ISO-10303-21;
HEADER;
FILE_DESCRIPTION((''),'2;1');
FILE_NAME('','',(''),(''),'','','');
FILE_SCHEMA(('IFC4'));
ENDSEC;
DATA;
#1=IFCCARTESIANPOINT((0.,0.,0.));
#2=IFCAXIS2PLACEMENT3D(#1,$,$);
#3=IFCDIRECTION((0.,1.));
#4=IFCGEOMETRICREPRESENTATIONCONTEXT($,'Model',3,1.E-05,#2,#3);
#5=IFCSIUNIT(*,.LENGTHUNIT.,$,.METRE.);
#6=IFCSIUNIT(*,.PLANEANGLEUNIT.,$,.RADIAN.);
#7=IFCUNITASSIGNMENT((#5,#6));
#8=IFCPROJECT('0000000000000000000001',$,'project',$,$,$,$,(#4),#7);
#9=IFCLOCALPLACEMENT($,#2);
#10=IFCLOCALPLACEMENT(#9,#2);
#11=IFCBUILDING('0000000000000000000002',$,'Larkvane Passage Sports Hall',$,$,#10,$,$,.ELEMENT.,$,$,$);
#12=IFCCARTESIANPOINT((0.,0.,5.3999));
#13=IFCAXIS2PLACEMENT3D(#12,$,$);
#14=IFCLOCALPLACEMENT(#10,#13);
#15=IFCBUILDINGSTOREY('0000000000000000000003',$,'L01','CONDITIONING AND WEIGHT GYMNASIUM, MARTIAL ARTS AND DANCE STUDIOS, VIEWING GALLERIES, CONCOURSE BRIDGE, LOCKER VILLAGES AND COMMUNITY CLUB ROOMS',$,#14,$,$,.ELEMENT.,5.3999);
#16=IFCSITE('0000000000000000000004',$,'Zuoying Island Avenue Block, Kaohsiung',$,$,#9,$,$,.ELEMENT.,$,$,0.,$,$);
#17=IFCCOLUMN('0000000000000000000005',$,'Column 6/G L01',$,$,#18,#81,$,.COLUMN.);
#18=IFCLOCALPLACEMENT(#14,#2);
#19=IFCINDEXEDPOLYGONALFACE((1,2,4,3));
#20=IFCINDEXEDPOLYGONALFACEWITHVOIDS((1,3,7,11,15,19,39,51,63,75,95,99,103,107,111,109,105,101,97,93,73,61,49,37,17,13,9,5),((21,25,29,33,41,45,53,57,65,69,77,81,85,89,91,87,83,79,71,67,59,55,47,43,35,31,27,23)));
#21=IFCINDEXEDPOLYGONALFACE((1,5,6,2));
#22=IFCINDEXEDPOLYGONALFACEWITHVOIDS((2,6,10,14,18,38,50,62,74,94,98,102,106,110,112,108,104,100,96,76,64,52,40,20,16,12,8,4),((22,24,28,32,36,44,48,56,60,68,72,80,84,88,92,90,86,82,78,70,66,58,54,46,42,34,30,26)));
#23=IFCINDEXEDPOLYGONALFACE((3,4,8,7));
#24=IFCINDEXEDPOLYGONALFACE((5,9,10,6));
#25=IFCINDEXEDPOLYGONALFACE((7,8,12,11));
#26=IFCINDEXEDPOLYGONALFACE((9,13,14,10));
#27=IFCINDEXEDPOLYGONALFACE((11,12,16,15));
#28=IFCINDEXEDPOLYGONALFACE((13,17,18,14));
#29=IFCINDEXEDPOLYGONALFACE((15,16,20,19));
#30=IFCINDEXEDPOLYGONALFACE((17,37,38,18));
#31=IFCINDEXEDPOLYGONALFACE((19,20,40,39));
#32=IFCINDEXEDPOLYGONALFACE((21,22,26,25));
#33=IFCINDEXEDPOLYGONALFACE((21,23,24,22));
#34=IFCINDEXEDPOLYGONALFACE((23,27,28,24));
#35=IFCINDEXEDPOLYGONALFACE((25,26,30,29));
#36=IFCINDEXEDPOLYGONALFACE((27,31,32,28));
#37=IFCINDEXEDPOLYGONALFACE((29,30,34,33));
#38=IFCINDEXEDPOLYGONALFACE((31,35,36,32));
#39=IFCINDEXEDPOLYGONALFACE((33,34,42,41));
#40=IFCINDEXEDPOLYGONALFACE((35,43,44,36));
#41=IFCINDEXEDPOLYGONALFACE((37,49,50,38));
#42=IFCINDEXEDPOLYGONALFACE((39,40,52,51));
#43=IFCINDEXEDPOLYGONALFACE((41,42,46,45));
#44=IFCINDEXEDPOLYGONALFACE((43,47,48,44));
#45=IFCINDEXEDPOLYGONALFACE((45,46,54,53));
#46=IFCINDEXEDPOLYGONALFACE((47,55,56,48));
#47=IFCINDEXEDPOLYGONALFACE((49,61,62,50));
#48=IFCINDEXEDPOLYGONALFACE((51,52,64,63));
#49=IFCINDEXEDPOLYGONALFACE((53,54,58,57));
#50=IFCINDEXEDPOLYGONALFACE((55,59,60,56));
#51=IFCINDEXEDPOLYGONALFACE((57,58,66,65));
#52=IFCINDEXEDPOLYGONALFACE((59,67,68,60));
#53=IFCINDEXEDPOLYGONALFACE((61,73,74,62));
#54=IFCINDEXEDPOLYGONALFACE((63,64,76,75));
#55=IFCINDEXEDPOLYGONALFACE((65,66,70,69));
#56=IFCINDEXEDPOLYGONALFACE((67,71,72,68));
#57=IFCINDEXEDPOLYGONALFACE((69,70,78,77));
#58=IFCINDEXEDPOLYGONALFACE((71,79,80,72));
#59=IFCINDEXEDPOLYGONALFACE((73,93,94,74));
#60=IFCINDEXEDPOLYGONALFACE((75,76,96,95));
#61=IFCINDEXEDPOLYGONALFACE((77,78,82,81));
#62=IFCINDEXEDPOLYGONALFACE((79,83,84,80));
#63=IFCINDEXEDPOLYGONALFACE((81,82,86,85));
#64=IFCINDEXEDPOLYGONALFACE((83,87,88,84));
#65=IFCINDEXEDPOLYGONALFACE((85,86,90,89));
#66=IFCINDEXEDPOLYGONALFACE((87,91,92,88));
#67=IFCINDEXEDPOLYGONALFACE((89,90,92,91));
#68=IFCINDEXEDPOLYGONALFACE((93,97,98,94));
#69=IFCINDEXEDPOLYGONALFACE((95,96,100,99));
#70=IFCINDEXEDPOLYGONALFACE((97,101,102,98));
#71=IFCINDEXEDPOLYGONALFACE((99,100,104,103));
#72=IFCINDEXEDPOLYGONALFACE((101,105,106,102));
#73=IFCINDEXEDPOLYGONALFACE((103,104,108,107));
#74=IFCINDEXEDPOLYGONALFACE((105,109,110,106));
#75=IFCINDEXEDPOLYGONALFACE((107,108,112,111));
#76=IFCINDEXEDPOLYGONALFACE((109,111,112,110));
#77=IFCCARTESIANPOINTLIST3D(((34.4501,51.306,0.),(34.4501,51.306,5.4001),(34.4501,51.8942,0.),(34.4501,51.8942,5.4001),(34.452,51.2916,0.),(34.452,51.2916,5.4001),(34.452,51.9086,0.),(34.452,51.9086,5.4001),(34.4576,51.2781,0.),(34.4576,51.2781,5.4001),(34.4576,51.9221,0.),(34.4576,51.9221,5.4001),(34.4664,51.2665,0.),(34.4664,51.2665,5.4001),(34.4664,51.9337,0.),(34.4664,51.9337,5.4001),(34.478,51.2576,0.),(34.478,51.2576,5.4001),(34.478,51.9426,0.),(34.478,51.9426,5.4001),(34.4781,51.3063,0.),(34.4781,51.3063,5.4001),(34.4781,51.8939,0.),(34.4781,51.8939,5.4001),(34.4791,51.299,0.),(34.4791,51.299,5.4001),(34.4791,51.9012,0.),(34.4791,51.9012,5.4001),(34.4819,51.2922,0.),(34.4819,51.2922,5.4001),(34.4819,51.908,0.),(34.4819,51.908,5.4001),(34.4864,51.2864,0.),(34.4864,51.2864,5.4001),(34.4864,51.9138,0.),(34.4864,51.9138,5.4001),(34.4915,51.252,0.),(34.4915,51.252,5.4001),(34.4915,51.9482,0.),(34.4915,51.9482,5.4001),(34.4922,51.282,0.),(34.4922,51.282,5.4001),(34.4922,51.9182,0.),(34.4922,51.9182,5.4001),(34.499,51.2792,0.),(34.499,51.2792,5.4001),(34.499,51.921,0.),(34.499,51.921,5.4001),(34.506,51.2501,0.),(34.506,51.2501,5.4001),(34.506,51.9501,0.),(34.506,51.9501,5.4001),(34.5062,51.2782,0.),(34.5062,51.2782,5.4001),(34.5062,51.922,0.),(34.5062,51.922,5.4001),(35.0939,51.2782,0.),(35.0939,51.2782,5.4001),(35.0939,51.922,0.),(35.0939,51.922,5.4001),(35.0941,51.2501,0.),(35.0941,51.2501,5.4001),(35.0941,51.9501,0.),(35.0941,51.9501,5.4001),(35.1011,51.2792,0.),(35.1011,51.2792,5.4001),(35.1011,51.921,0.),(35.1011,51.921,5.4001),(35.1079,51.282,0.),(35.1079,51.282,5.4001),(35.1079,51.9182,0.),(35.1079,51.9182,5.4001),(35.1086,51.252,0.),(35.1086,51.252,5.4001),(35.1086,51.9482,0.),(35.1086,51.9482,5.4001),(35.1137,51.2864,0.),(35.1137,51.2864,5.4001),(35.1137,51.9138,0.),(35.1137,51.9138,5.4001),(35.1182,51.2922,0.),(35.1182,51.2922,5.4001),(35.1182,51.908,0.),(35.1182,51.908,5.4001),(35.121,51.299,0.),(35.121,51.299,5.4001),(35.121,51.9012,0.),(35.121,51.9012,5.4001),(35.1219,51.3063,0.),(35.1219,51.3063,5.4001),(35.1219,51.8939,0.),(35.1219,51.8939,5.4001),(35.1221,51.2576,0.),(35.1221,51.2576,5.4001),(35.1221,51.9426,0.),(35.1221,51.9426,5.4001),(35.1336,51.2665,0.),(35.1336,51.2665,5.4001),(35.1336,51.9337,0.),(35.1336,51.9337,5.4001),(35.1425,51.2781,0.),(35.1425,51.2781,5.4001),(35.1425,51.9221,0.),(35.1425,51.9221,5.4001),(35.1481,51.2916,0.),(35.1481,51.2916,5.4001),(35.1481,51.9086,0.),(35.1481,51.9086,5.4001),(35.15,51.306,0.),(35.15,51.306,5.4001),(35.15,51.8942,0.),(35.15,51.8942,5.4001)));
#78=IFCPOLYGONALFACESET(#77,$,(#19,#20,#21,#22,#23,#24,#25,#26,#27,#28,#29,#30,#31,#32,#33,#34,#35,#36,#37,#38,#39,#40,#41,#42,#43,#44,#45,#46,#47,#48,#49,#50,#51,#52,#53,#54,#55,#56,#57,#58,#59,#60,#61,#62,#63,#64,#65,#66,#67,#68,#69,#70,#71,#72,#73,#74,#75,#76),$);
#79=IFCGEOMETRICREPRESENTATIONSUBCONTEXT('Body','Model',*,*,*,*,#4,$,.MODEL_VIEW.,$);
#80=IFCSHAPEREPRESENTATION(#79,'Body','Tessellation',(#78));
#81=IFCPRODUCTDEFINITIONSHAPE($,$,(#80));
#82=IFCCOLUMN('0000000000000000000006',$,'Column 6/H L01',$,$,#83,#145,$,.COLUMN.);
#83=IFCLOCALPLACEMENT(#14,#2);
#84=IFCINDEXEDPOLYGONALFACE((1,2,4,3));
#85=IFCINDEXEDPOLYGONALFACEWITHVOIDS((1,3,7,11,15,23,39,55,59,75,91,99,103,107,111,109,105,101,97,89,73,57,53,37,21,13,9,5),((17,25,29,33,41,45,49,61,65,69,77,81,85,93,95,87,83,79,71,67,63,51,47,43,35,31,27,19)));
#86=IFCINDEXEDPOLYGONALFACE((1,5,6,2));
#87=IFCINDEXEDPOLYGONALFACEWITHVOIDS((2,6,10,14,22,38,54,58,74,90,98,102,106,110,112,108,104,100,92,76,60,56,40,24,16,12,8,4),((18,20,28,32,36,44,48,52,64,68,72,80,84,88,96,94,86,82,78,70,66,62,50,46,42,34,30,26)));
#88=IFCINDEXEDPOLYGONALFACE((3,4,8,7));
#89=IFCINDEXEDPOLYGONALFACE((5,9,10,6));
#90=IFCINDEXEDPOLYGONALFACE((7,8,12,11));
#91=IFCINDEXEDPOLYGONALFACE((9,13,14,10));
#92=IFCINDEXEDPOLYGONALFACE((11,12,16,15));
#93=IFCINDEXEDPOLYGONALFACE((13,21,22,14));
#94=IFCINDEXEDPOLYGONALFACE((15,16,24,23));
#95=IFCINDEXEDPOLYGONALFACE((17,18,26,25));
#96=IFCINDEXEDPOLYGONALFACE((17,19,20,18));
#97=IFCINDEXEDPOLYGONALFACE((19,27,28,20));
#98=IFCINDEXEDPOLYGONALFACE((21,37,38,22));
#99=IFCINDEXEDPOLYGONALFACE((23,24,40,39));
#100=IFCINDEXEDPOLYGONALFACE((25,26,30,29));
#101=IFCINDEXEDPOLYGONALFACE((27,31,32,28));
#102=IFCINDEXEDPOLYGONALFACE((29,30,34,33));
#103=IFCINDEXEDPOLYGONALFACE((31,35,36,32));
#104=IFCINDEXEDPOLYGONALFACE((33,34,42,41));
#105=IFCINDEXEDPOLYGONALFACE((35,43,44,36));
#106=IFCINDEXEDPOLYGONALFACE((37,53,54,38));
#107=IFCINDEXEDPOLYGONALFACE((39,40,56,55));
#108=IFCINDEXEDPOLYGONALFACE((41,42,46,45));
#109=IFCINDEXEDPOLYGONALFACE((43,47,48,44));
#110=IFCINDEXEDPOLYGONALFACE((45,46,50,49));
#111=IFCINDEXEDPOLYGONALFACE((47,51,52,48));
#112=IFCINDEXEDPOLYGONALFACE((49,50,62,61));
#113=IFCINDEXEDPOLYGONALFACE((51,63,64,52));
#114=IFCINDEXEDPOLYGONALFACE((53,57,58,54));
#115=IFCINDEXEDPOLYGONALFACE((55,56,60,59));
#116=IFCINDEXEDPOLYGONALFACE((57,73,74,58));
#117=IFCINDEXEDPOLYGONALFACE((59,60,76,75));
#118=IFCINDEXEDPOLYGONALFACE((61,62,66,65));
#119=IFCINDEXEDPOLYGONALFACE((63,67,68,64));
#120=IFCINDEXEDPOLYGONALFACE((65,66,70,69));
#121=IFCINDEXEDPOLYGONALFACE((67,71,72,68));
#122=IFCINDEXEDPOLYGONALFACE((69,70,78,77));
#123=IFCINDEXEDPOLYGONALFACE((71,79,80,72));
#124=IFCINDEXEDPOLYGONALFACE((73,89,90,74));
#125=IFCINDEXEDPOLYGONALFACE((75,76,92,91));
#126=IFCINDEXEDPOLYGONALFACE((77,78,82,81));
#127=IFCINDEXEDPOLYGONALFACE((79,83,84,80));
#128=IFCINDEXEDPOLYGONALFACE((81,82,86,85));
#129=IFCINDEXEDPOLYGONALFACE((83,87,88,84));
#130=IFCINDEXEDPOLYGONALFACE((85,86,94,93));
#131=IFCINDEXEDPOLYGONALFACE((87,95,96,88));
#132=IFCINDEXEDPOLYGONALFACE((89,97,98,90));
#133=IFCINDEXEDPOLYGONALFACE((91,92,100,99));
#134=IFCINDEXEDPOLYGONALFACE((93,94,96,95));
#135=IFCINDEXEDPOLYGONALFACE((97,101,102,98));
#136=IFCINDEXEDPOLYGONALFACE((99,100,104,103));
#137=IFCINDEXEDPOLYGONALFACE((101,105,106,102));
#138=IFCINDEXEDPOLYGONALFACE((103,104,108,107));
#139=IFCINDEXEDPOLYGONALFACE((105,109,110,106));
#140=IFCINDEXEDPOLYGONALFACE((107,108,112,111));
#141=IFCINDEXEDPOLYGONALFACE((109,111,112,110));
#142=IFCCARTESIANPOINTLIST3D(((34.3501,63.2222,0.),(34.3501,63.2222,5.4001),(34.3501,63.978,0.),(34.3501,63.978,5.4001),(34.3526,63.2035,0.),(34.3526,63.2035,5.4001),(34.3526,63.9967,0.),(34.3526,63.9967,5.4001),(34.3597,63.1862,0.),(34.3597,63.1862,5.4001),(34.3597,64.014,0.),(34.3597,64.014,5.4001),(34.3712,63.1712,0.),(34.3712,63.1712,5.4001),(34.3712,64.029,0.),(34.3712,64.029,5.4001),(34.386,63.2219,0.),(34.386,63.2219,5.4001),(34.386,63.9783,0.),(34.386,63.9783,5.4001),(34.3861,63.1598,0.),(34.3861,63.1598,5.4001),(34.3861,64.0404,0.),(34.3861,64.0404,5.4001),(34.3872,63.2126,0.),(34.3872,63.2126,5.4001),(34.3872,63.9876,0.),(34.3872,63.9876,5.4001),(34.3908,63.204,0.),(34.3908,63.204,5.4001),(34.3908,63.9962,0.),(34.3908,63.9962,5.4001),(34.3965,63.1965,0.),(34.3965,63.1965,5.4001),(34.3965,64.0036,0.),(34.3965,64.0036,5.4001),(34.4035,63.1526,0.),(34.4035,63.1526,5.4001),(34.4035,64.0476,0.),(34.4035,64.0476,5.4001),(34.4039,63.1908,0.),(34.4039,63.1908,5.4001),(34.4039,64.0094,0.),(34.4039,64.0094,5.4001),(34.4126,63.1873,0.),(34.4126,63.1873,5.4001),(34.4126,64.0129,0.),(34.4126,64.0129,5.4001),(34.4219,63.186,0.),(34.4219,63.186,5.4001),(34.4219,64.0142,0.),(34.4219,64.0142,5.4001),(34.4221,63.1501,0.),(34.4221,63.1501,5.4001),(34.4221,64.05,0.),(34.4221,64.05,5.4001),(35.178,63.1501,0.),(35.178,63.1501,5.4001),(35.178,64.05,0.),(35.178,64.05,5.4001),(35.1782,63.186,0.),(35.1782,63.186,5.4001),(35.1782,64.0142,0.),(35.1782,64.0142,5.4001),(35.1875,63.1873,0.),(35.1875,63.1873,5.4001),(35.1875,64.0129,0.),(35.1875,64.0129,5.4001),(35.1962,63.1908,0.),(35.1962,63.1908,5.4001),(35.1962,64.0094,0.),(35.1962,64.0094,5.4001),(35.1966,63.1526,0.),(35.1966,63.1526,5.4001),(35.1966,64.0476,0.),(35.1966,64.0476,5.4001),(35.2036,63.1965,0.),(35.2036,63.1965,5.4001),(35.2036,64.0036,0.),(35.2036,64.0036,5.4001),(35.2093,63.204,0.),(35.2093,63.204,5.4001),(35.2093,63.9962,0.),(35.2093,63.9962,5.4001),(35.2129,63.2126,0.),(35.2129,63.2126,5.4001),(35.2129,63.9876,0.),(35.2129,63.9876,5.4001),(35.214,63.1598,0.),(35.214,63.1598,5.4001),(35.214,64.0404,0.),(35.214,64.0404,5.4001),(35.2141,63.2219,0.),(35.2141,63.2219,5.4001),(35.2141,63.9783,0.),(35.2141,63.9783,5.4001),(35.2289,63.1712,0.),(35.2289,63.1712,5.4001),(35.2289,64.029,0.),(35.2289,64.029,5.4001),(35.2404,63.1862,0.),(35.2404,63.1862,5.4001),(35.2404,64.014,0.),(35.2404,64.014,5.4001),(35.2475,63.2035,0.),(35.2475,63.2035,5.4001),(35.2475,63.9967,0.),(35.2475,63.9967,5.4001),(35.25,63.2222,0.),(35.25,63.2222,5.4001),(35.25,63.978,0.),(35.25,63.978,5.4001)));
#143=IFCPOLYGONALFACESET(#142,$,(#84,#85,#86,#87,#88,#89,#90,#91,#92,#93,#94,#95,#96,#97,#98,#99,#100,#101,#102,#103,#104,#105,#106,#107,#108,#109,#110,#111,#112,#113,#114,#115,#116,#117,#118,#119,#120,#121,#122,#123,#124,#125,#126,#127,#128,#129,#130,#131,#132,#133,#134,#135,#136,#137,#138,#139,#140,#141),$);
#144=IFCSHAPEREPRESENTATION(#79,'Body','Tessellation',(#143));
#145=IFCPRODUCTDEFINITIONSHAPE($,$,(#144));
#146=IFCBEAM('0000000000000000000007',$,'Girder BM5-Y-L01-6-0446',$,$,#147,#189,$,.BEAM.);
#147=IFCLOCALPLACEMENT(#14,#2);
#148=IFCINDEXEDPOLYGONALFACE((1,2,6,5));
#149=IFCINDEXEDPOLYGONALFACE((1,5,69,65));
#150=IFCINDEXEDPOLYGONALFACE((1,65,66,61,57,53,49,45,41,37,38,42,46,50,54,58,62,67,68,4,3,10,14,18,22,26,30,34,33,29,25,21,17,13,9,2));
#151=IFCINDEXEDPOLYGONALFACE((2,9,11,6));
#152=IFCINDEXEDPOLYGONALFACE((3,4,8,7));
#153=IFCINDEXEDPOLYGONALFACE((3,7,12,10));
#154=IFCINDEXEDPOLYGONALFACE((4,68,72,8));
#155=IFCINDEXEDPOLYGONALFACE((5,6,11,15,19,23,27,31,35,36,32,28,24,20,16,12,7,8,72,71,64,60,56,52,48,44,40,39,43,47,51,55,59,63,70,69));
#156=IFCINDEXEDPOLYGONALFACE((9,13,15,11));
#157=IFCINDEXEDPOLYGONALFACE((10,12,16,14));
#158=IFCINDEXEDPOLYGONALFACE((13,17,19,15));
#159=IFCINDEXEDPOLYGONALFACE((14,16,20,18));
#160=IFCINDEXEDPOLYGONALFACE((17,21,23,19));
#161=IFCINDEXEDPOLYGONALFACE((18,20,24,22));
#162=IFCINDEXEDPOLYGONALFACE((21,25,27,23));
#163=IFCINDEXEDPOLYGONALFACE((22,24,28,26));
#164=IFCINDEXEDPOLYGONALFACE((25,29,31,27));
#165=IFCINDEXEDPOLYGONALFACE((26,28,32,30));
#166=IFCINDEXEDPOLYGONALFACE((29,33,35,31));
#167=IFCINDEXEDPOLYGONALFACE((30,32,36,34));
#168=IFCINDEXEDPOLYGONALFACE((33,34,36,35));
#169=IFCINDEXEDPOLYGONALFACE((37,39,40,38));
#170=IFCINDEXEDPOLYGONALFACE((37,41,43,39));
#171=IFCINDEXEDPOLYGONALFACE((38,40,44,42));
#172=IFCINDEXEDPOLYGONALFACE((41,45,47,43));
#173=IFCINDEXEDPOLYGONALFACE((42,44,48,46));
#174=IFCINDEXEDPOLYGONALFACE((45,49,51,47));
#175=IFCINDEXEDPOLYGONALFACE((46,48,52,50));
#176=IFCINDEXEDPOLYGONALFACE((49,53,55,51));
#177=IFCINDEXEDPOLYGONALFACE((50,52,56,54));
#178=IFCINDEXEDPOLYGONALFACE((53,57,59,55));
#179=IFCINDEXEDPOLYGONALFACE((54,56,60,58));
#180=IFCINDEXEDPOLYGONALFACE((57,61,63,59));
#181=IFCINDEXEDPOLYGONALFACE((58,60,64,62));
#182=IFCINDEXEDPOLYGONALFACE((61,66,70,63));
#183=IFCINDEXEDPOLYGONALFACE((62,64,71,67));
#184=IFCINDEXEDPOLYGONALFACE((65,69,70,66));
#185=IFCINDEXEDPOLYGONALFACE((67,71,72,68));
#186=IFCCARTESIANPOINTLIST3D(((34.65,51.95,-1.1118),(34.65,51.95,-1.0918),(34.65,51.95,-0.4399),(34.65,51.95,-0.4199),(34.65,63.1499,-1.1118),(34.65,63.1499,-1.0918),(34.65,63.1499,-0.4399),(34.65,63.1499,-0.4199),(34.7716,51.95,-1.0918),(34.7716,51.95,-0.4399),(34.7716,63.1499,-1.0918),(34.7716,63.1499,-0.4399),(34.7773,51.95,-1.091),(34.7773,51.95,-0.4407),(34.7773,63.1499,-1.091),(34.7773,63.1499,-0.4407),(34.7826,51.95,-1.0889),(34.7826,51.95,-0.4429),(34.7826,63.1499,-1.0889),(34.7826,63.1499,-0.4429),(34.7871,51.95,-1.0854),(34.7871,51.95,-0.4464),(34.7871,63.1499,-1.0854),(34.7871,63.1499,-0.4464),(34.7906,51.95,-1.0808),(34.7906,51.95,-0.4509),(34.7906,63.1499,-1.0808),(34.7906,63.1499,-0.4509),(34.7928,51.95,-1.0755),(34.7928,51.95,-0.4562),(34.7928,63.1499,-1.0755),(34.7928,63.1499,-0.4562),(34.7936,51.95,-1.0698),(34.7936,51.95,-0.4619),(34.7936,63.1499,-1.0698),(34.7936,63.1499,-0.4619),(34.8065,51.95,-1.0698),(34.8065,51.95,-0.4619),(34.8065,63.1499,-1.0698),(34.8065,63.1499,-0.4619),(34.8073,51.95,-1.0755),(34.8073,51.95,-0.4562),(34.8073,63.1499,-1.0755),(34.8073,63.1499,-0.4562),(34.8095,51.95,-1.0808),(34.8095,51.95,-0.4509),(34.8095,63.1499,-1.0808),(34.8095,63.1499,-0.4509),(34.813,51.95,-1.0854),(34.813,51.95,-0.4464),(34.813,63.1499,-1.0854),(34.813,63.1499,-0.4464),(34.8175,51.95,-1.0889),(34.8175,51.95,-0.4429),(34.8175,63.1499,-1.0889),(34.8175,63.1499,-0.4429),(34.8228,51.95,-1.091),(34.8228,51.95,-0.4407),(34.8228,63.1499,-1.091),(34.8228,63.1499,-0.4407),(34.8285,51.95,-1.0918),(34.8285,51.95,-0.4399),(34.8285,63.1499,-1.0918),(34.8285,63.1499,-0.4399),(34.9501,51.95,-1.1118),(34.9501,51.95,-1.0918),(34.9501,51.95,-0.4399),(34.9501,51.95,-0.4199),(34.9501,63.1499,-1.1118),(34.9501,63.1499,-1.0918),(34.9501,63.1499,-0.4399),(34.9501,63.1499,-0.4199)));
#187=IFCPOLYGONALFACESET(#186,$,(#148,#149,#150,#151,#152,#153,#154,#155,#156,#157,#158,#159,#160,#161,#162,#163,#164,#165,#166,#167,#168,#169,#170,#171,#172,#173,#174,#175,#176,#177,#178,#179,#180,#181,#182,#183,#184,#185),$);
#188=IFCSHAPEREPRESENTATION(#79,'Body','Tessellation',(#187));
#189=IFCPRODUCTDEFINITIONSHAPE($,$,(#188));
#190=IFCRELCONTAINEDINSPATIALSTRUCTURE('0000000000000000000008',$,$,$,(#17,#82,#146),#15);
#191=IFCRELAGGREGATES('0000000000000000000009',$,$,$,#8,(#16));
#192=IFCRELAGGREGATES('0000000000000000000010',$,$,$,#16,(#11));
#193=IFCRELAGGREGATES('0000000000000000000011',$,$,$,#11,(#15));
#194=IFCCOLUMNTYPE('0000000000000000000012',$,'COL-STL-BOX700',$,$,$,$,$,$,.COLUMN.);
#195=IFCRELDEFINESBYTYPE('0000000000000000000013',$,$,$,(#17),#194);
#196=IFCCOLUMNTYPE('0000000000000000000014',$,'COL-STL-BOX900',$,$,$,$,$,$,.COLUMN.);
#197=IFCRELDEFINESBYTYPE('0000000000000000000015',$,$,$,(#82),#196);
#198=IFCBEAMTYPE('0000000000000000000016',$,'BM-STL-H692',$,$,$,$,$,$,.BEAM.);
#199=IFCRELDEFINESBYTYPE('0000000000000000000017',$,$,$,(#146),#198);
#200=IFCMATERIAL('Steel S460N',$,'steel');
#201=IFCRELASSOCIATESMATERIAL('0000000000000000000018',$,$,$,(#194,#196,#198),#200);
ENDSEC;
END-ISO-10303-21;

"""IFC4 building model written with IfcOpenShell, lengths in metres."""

from ifc_helpers import new_model, si_unit, direction, frame, origin, origin_2d, place, context, subcontext, project, spatial, hollow_rectangle, i_section, extrude, material, material_profile, profile_set, type_object, element, save


model = new_model("IFC4")

# Units and contexts
model_context = context("Model", 3, precision=1e-05, world=origin(), true_north=direction((0.0, 1.0)))
body_context = subcontext(model_context, "Body", "Model", "MODEL_VIEW")
ifc_project = project(units=[si_unit("LENGTHUNIT", "METRE"), si_unit("PLANEANGLEUNIT", "RADIAN")], contexts=[model_context])

# Site, building, storey
site_placement = place(None, origin())
site = spatial("IfcSite", under=ifc_project, at=site_placement, Name="Zuoying Island Avenue Block, Kaohsiung", CompositionType="ELEMENT", RefElevation=0.0)
building_placement = place(site_placement, origin())
building = spatial("IfcBuilding", under=site, at=building_placement, Name="Larkvane Passage Sports Hall", CompositionType="ELEMENT")
storey_placement = place(building_placement, frame((0.0, 0.0, 5.3999)))
storey = spatial("IfcBuildingStorey", under=building, at=storey_placement, Name="L01", Description="CONDITIONING AND WEIGHT GYMNASIUM, MARTIAL ARTS AND DANCE STUDIOS, VIEWING GALLERIES, CONCOURSE BRIDGE, LOCKER VILLAGES AND COMMUNITY CLUB ROOMS", CompositionType="ELEMENT", Elevation=5.3999)

# Columns
ifc_material_1 = material(Name="Steel S460N", Category="steel")
ifc_material_profile_1 = material_profile(ifc_material_1, hollow_rectangle(XDim=0.7, YDim=0.7, WallThickness=0.0281, InnerFilletRadius=0.0281, OuterFilletRadius=0.0559, at=origin_2d()), Name="BOX-700x700x28")
ifc_profile_set_1 = profile_set([ifc_material_profile_1], Name="Steel S460N")
column_type_1 = type_object("IfcColumnType", Name="COL-STL-BOX700", PredefinedType="COLUMN", material=ifc_profile_set_1)
column_1_placement = place(storey_placement, frame((34.8, 51.6001, 0.0), z_axis=(0.0, 0.0, 1.0), x_axis=(1.0, 0.0, 0.0)))
element("IfcColumn", 1, at=column_1_placement, inside=storey, type_object=column_type_1, Name="Column 6/G L01", PredefinedType="COLUMN", context=body_context, shape_type="SweptSolid", body=[
    extrude(hollow_rectangle(XDim=0.7, YDim=0.7, WallThickness=0.0281, InnerFilletRadius=0.0281, OuterFilletRadius=0.0559, at=origin_2d()), origin(), (0.0, 0.0, 1.0), 5.4001),
])
ifc_material_profile_2 = material_profile(ifc_material_1, hollow_rectangle(XDim=0.8999, YDim=0.8999, WallThickness=0.0359, InnerFilletRadius=0.0359, OuterFilletRadius=0.072, at=origin_2d()), Name="BOX-900x900x36")
ifc_profile_set_2 = profile_set([ifc_material_profile_2], Name="Steel S460N")
column_type_2 = type_object("IfcColumnType", Name="COL-STL-BOX900", PredefinedType="COLUMN", material=ifc_profile_set_2)
column_2_placement = place(storey_placement, frame((34.8, 63.6001, 0.0), z_axis=(0.0, 0.0, 1.0), x_axis=(1.0, 0.0, 0.0)))
element("IfcColumn", 2, at=column_2_placement, inside=storey, type_object=column_type_2, Name="Column 6/H L01", PredefinedType="COLUMN", context=body_context, shape_type="SweptSolid", body=[
    extrude(hollow_rectangle(XDim=0.8999, YDim=0.8999, WallThickness=0.0359, InnerFilletRadius=0.0359, OuterFilletRadius=0.072, at=origin_2d()), origin(), (0.0, 0.0, 1.0), 5.4001),
])

# Beam
ifc_material_profile_3 = material_profile(ifc_material_1, i_section(OverallWidth=0.3, OverallDepth=0.6919, WebThickness=0.0129, FlangeThickness=0.02, FilletRadius=0.022, at=origin_2d()), Name="H-692x300x13x20")
ifc_profile_set_3 = profile_set([ifc_material_profile_3], Name="Steel S460N")
beam_type_1 = type_object("IfcBeamType", Name="BM-STL-H692", PredefinedType="BEAM", material=ifc_profile_set_3)
beam_1_placement = place(storey_placement, frame((34.8, 51.95, -0.7659), z_axis=(0.0, 1.0, 0.0), x_axis=(-1.0, 0.0, 0.0)))
element("IfcBeam", 3, at=beam_1_placement, inside=storey, type_object=beam_type_1, Name="Girder BM5-Y-L01-6-0446", PredefinedType="BEAM", context=body_context, shape_type="SweptSolid", body=[
    extrude(i_section(OverallWidth=0.3, OverallDepth=0.6919, WebThickness=0.0129, FlangeThickness=0.02, FilletRadius=0.022, at=origin_2d()), origin(), (0.0, 0.0, 1.0), 11.2),
])

save(model, "model.ifc")
